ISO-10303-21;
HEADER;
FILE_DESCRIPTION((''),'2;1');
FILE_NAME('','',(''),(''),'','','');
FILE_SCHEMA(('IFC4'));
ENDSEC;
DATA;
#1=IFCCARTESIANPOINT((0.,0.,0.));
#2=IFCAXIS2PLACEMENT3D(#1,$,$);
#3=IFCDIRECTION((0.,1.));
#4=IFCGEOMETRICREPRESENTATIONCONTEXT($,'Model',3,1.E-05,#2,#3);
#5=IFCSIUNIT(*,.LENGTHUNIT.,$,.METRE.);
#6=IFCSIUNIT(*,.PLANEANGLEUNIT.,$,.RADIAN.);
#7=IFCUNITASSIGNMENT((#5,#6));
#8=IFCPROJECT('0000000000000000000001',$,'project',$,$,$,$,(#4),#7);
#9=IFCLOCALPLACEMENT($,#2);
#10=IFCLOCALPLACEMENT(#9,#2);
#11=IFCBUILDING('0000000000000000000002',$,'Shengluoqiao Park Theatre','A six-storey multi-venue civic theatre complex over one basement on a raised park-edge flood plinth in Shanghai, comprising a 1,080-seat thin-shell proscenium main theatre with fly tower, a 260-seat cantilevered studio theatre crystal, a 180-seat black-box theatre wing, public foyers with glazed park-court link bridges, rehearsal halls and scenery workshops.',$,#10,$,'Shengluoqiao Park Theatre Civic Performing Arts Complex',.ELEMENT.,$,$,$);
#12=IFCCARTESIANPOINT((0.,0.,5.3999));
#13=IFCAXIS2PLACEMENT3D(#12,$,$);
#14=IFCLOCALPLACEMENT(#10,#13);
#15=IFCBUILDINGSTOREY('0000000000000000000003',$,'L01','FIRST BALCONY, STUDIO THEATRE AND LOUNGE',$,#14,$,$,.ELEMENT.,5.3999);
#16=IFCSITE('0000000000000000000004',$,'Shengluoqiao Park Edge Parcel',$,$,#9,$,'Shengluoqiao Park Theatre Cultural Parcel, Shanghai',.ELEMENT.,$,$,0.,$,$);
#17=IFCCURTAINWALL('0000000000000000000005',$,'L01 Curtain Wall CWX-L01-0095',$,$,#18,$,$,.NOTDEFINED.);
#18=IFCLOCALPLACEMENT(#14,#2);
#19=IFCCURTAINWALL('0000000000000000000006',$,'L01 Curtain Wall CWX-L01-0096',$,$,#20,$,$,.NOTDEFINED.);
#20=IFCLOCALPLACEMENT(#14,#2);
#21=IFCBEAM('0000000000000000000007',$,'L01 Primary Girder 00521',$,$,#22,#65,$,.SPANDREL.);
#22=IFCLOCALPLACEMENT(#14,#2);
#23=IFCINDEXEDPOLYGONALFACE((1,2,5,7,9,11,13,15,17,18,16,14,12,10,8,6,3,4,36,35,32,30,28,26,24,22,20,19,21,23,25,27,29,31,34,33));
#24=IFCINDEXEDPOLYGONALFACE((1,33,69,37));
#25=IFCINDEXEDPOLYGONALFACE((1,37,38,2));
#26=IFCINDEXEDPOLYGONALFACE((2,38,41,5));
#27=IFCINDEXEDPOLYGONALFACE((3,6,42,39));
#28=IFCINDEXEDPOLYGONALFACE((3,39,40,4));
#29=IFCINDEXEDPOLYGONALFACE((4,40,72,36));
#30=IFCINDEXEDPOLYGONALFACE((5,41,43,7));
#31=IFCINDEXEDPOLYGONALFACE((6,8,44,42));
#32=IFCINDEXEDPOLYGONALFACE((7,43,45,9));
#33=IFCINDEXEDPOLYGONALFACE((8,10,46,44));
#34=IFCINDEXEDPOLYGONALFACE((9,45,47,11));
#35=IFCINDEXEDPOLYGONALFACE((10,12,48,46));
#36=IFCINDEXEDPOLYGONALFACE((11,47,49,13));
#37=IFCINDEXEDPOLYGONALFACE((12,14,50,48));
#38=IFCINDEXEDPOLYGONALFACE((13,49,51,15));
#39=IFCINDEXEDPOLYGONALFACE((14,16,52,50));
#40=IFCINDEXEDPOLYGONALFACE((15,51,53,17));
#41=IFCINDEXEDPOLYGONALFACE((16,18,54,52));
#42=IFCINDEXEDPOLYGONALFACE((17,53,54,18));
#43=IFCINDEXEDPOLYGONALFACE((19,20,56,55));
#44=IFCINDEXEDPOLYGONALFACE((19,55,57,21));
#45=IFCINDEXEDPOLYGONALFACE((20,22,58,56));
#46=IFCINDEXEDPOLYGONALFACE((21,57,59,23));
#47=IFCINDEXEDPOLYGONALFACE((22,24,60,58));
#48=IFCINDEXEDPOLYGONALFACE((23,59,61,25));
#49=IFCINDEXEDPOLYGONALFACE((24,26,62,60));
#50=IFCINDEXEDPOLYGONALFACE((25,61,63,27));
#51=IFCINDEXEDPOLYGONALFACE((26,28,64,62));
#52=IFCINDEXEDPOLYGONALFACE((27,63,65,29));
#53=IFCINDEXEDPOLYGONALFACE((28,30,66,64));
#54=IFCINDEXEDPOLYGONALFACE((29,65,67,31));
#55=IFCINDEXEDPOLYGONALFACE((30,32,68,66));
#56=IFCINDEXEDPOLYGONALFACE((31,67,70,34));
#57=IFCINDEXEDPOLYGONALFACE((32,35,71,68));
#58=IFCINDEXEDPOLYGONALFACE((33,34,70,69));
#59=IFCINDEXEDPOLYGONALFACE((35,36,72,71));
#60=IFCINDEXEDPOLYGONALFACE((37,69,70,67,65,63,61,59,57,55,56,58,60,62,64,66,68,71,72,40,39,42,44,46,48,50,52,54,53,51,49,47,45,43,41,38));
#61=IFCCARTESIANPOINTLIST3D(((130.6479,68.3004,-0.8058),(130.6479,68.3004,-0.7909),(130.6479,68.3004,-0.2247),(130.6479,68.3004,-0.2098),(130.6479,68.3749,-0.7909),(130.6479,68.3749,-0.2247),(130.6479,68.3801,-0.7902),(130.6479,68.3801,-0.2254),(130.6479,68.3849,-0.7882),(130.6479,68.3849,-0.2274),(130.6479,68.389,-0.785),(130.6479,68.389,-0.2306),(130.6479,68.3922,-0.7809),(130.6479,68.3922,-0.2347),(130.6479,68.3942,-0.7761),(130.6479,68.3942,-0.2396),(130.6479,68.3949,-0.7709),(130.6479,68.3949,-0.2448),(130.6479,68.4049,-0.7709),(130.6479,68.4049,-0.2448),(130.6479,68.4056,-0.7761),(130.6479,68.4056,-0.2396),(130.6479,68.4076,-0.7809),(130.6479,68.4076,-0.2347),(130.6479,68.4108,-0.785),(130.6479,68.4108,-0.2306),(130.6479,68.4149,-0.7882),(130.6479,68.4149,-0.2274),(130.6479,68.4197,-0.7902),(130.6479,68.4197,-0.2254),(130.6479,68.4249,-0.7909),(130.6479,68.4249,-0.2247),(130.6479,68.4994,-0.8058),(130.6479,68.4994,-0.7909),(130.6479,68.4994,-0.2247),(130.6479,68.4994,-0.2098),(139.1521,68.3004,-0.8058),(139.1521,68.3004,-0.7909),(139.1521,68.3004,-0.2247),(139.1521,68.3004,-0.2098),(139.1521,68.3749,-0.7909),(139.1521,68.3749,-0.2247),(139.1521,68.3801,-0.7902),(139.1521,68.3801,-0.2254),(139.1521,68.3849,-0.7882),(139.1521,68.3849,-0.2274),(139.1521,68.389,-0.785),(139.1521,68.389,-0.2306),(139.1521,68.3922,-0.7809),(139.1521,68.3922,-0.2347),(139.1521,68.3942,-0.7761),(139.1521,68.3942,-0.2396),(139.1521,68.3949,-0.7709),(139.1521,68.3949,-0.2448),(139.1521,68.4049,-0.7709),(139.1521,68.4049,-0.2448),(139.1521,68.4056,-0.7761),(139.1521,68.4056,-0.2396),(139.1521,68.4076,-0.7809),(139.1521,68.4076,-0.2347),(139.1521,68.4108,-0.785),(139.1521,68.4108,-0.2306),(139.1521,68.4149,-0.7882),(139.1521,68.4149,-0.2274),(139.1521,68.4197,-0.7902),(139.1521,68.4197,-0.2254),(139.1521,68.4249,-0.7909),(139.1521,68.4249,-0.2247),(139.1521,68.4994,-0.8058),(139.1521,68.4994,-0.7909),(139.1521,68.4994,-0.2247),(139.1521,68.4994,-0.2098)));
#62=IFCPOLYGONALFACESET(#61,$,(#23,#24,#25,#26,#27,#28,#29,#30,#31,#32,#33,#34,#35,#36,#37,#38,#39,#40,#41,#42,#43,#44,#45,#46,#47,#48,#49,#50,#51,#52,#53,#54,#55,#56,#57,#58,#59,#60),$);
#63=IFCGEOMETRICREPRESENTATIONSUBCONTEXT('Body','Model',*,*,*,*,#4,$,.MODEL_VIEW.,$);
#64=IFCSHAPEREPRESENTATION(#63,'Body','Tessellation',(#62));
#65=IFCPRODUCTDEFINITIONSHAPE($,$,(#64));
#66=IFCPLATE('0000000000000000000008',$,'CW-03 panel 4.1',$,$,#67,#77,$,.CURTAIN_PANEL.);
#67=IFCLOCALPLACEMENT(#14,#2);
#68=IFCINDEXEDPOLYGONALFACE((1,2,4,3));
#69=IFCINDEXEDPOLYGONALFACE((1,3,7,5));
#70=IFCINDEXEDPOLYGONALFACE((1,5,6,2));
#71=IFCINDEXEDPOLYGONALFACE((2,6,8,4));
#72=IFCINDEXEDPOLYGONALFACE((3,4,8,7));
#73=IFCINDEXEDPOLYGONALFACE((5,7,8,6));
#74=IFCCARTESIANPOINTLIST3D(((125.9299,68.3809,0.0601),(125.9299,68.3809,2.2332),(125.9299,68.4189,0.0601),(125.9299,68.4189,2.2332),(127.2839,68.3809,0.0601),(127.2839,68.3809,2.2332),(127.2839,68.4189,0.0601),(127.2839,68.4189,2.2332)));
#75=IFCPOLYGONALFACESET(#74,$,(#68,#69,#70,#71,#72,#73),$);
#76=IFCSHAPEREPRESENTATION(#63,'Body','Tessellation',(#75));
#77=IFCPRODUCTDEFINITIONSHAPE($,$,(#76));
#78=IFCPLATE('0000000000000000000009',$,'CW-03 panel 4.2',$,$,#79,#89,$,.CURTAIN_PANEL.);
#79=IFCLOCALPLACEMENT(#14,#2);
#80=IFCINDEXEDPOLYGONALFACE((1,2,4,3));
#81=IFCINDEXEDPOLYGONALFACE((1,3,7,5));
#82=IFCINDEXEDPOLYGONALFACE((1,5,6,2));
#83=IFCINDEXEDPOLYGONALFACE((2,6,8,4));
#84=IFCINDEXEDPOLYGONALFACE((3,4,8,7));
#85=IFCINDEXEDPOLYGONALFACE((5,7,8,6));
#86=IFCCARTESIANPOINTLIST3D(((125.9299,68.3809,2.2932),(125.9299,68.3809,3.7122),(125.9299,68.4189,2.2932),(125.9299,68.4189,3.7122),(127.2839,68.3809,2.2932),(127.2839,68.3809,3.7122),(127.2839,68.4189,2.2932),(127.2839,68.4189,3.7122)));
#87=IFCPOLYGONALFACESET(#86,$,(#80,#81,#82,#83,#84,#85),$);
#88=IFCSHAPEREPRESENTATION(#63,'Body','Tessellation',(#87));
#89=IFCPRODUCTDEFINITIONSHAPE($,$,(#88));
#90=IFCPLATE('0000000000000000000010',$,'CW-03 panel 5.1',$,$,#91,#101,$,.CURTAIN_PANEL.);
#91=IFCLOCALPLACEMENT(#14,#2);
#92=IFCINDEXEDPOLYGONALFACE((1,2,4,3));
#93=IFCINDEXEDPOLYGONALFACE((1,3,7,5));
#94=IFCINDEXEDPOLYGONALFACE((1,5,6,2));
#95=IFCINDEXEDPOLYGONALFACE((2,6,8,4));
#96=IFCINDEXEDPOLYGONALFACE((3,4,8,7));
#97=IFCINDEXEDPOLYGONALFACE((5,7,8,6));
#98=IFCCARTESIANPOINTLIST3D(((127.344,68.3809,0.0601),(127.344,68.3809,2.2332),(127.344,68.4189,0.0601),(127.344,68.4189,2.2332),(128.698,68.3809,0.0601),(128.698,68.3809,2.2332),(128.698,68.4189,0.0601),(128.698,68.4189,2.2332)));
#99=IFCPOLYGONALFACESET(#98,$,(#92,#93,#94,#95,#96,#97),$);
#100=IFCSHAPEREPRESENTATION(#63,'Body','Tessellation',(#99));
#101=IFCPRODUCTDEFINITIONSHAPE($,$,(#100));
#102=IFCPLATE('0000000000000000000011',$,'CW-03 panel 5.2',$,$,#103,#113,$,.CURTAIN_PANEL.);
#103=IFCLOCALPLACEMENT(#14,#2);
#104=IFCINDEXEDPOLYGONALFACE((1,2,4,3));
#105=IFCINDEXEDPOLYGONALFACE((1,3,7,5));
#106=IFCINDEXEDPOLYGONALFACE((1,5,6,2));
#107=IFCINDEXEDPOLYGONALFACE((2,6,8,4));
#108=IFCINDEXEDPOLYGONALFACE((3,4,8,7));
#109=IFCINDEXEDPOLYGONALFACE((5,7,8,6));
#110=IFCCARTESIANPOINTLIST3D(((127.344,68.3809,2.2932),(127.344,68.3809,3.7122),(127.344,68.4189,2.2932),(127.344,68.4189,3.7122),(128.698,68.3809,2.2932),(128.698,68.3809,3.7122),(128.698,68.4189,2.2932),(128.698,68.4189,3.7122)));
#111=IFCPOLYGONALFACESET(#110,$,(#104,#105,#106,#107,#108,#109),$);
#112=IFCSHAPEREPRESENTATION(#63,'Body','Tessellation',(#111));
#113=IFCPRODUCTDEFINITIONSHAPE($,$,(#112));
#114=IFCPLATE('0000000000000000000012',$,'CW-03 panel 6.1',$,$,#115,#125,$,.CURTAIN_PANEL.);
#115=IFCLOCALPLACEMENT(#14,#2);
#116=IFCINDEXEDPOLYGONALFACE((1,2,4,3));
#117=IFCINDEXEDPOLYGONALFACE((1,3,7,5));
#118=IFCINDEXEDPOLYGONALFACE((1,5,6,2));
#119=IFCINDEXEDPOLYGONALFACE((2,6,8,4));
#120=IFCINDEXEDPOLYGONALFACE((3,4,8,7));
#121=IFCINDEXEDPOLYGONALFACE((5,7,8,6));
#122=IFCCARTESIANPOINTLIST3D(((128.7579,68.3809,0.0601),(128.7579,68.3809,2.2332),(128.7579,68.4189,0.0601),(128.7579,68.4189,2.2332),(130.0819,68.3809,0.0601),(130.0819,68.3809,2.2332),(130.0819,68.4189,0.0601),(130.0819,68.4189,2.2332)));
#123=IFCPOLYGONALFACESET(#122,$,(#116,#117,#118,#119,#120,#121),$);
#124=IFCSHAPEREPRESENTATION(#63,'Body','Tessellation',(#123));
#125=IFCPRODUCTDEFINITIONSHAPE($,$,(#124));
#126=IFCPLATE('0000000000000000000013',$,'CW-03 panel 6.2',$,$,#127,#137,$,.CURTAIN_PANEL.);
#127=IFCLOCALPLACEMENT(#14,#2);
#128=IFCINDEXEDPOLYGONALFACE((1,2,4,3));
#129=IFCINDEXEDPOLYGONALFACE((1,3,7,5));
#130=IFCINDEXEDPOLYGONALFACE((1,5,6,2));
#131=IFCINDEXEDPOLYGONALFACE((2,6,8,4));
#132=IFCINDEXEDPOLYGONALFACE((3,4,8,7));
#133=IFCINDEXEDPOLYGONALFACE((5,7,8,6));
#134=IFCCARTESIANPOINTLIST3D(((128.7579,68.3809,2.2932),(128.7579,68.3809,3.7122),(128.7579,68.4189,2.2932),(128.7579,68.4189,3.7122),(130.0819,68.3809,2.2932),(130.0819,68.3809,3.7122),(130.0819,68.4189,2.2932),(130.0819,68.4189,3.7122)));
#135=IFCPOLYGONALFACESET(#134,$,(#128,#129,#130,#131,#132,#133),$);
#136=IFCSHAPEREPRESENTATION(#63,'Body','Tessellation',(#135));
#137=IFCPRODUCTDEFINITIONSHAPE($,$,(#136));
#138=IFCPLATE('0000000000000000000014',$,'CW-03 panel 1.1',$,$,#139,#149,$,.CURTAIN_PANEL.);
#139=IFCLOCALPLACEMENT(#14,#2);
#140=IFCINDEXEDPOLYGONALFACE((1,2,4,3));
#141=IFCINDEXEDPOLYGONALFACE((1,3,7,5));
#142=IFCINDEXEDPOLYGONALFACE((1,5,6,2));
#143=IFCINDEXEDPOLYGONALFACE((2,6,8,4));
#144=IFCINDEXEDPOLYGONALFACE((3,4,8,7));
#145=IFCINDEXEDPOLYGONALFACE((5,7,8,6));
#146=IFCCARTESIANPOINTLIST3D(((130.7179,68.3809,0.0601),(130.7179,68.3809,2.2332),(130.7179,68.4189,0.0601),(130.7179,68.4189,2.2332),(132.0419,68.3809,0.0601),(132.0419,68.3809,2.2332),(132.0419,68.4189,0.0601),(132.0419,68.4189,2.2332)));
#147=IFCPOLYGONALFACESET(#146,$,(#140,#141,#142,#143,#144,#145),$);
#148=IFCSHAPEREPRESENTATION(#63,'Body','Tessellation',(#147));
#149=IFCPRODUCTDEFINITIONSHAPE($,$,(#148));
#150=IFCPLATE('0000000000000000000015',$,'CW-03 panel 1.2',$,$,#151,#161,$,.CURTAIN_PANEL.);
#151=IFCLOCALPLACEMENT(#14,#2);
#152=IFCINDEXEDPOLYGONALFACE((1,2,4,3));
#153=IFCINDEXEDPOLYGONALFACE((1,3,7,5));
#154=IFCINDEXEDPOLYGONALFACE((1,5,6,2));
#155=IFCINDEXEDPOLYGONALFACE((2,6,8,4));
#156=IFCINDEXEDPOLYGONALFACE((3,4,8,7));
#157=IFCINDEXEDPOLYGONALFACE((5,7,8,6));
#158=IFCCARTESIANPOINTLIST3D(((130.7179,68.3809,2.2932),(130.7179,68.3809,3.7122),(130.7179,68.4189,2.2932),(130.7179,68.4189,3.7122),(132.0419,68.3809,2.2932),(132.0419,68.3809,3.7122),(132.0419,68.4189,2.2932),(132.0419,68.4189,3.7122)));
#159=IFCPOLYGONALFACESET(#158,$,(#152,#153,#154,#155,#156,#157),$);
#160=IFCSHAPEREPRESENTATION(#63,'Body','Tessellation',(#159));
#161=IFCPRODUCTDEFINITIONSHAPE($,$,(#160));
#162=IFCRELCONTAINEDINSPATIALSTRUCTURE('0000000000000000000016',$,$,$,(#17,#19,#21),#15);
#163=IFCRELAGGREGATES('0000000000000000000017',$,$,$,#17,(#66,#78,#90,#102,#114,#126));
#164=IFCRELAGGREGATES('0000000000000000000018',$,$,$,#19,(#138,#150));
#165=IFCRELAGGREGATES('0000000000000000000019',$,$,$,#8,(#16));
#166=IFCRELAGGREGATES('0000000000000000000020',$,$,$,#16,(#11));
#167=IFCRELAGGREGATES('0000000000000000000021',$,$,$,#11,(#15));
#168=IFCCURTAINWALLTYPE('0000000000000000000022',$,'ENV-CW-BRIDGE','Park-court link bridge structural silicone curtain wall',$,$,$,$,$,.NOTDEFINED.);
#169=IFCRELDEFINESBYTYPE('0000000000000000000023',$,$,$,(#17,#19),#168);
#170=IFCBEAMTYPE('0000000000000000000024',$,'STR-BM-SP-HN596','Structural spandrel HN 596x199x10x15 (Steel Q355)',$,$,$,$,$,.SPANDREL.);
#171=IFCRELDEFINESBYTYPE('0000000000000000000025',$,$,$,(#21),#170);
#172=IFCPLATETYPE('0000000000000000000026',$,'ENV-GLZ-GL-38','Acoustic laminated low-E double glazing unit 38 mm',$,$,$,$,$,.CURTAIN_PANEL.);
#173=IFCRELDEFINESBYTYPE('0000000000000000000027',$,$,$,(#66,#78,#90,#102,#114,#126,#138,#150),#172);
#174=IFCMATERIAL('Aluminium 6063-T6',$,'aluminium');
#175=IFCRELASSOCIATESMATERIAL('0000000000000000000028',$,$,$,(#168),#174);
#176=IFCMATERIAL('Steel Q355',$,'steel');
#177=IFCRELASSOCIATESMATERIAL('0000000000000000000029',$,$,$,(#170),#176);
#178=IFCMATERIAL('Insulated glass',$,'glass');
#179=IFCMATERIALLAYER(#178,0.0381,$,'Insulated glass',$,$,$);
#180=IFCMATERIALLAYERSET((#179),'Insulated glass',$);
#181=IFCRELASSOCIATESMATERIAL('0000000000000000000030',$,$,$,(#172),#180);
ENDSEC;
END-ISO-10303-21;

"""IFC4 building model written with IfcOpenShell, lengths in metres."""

from ifc_helpers import new_model, si_unit, direction, frame, origin, origin_2d, place, context, subcontext, project, spatial, rectangle, i_section, extrude, material, layer, layer_set, material_profile, profile_set, type_object, element, aggregate, save


model = new_model("IFC4")

# Units and contexts
model_context = context("Model", 3, precision=1e-05, world=origin(), true_north=direction((0.0, 1.0)))
body_context = subcontext(model_context, "Body", "Model", "MODEL_VIEW")
ifc_project = project(units=[si_unit("LENGTHUNIT", "METRE"), si_unit("PLANEANGLEUNIT", "RADIAN")], contexts=[model_context])

# Site, building, storey
site_placement = place(None, origin())
site = spatial("IfcSite", under=ifc_project, at=site_placement, Name="Shengluoqiao Park Edge Parcel", LongName="Shengluoqiao Park Theatre Cultural Parcel, Shanghai", CompositionType="ELEMENT", RefElevation=0.0)
building_placement = place(site_placement, origin())
building = spatial("IfcBuilding", under=site, at=building_placement, Name="Shengluoqiao Park Theatre", Description="A six-storey multi-venue civic theatre complex over one basement on a raised park-edge flood plinth in Shanghai, comprising a 1,080-seat thin-shell proscenium main theatre with fly tower, a 260-seat cantilevered studio theatre crystal, a 180-seat black-box theatre wing, public foyers with glazed park-court link bridges, rehearsal halls and scenery workshops.", LongName="Shengluoqiao Park Theatre Civic Performing Arts Complex", CompositionType="ELEMENT")
storey_placement = place(building_placement, frame((0.0, 0.0, 5.3999)))
storey = spatial("IfcBuildingStorey", under=building, at=storey_placement, Name="L01", Description="FIRST BALCONY, STUDIO THEATRE AND LOUNGE", CompositionType="ELEMENT", Elevation=5.3999)

# Curtain walls
ifc_material_1 = material(Name="Aluminium 6063-T6", Category="aluminium")
curtain_wall_type = type_object("IfcCurtainWallType", Name="ENV-CW-BRIDGE", Description="Park-court link bridge structural silicone curtain wall", PredefinedType="NOTDEFINED", material=ifc_material_1)
curtain_wall_1_placement = place(storey_placement, origin())
curtain_wall_1 = element("IfcCurtainWall", 1, at=curtain_wall_1_placement, inside=storey, type_object=curtain_wall_type, Name="L01 Curtain Wall CWX-L01-0095", PredefinedType="NOTDEFINED")
curtain_wall_2_placement = place(storey_placement, origin())
curtain_wall_2 = element("IfcCurtainWall", 2, at=curtain_wall_2_placement, inside=storey, type_object=curtain_wall_type, Name="L01 Curtain Wall CWX-L01-0096", PredefinedType="NOTDEFINED")

# Beam
ifc_material_2 = material(Name="Steel Q355", Category="steel")
ifc_material_profile_1 = material_profile(ifc_material_2, i_section(OverallWidth=0.199, OverallDepth=0.5959, WebThickness=0.01, FlangeThickness=0.0149, FilletRadius=0.02, at=origin_2d()), Name="HN 596x199x10x15")
ifc_profile_set_1 = profile_set([ifc_material_profile_1], Name="Steel Q355")
beam_type_1 = type_object("IfcBeamType", Name="STR-BM-SP-HN596", Description="Structural spandrel HN 596x199x10x15 (Steel Q355)", PredefinedType="SPANDREL", material=ifc_profile_set_1)
beam_1_placement = place(storey_placement, frame((130.6479, 68.3999, -0.5078), z_axis=(1.0, 0.0, 0.0), x_axis=(0.0, 1.0, 0.0)))
element("IfcBeam", 3, at=beam_1_placement, inside=storey, type_object=beam_type_1, Name="L01 Primary Girder 00521", PredefinedType="SPANDREL", context=body_context, shape_type="SweptSolid", body=[
    extrude(i_section(OverallWidth=0.199, OverallDepth=0.5959, WebThickness=0.01, FlangeThickness=0.0149, FilletRadius=0.02, at=origin_2d()), origin(), (0.0, 0.0, 1.0), 8.5042),
])

# Plates
ifc_material_3 = material(Name="Insulated glass", Category="glass")
ifc_layer = layer(ifc_material_3, 0.0381, Name="Insulated glass")
ifc_layer_set = layer_set([ifc_layer], Name="Insulated glass")
plate_type = type_object("IfcPlateType", Name="ENV-GLZ-GL-38", Description="Acoustic laminated low-E double glazing unit 38 mm", PredefinedType="CURTAIN_PANEL", material=ifc_layer_set)
plate_1_placement = place(storey_placement, frame((126.6069, 68.3999, 0.0601), z_axis=(0.0, 0.0, 1.0), x_axis=(1.0, 0.0, 0.0)))
plate_1 = element("IfcPlate", 4, at=plate_1_placement, type_object=plate_type, Name="CW-03 panel 4.1", PredefinedType="CURTAIN_PANEL", context=body_context, shape_type="SweptSolid", body=[
    extrude(rectangle(XDim=1.354, YDim=0.0381, at=origin_2d()), origin(), (0.0, 0.0, 1.0), 2.1731),
])
plate_2_placement = place(storey_placement, frame((126.6069, 68.3999, 2.2932), z_axis=(0.0, 0.0, 1.0), x_axis=(1.0, 0.0, 0.0)))
plate_2 = element("IfcPlate", 5, at=plate_2_placement, type_object=plate_type, Name="CW-03 panel 4.2", PredefinedType="CURTAIN_PANEL", context=body_context, shape_type="SweptSolid", body=[
    extrude(rectangle(XDim=1.354, YDim=0.0381, at=origin_2d()), origin(), (0.0, 0.0, 1.0), 1.4189),
])
plate_3_placement = place(storey_placement, frame((128.021, 68.3999, 0.0601), z_axis=(0.0, 0.0, 1.0), x_axis=(1.0, 0.0, 0.0)))
plate_3 = element("IfcPlate", 6, at=plate_3_placement, type_object=plate_type, Name="CW-03 panel 5.1", PredefinedType="CURTAIN_PANEL", context=body_context, shape_type="SweptSolid", body=[
    extrude(rectangle(XDim=1.354, YDim=0.0381, at=origin_2d()), origin(), (0.0, 0.0, 1.0), 2.1731),
])
plate_4_placement = place(storey_placement, frame((128.021, 68.3999, 2.2932), z_axis=(0.0, 0.0, 1.0), x_axis=(1.0, 0.0, 0.0)))
plate_4 = element("IfcPlate", 7, at=plate_4_placement, type_object=plate_type, Name="CW-03 panel 5.2", PredefinedType="CURTAIN_PANEL", context=body_context, shape_type="SweptSolid", body=[
    extrude(rectangle(XDim=1.354, YDim=0.0381, at=origin_2d()), origin(), (0.0, 0.0, 1.0), 1.4189),
])
plate_5_placement = place(storey_placement, frame((129.4199, 68.3999, 0.0601), z_axis=(0.0, 0.0, 1.0), x_axis=(1.0, 0.0, 0.0)))
plate_5 = element("IfcPlate", 8, at=plate_5_placement, type_object=plate_type, Name="CW-03 panel 6.1", PredefinedType="CURTAIN_PANEL", context=body_context, shape_type="SweptSolid", body=[
    extrude(rectangle(XDim=1.324, YDim=0.0381, at=origin_2d()), origin(), (0.0, 0.0, 1.0), 2.1731),
])
plate_6_placement = place(storey_placement, frame((129.4199, 68.3999, 2.2932), z_axis=(0.0, 0.0, 1.0), x_axis=(1.0, 0.0, 0.0)))
plate_6 = element("IfcPlate", 9, at=plate_6_placement, type_object=plate_type, Name="CW-03 panel 6.2", PredefinedType="CURTAIN_PANEL", context=body_context, shape_type="SweptSolid", body=[
    extrude(rectangle(XDim=1.324, YDim=0.0381, at=origin_2d()), origin(), (0.0, 0.0, 1.0), 1.4189),
])
aggregate(curtain_wall_1, [plate_1, plate_2, plate_3, plate_4, plate_5, plate_6])
plate_7_placement = place(storey_placement, frame((131.3799, 68.3999, 0.0601), z_axis=(0.0, 0.0, 1.0), x_axis=(1.0, 0.0, 0.0)))
plate_7 = element("IfcPlate", 10, at=plate_7_placement, type_object=plate_type, Name="CW-03 panel 1.1", PredefinedType="CURTAIN_PANEL", context=body_context, shape_type="SweptSolid", body=[
    extrude(rectangle(XDim=1.324, YDim=0.0381, at=origin_2d()), origin(), (0.0, 0.0, 1.0), 2.1731),
])
plate_8_placement = place(storey_placement, frame((131.3799, 68.3999, 2.2932), z_axis=(0.0, 0.0, 1.0), x_axis=(1.0, 0.0, 0.0)))
plate_8 = element("IfcPlate", 11, at=plate_8_placement, type_object=plate_type, Name="CW-03 panel 1.2", PredefinedType="CURTAIN_PANEL", context=body_context, shape_type="SweptSolid", body=[
    extrude(rectangle(XDim=1.324, YDim=0.0381, at=origin_2d()), origin(), (0.0, 0.0, 1.0), 1.4189),
])
aggregate(curtain_wall_2, [plate_7, plate_8])

save(model, "model.ifc")
